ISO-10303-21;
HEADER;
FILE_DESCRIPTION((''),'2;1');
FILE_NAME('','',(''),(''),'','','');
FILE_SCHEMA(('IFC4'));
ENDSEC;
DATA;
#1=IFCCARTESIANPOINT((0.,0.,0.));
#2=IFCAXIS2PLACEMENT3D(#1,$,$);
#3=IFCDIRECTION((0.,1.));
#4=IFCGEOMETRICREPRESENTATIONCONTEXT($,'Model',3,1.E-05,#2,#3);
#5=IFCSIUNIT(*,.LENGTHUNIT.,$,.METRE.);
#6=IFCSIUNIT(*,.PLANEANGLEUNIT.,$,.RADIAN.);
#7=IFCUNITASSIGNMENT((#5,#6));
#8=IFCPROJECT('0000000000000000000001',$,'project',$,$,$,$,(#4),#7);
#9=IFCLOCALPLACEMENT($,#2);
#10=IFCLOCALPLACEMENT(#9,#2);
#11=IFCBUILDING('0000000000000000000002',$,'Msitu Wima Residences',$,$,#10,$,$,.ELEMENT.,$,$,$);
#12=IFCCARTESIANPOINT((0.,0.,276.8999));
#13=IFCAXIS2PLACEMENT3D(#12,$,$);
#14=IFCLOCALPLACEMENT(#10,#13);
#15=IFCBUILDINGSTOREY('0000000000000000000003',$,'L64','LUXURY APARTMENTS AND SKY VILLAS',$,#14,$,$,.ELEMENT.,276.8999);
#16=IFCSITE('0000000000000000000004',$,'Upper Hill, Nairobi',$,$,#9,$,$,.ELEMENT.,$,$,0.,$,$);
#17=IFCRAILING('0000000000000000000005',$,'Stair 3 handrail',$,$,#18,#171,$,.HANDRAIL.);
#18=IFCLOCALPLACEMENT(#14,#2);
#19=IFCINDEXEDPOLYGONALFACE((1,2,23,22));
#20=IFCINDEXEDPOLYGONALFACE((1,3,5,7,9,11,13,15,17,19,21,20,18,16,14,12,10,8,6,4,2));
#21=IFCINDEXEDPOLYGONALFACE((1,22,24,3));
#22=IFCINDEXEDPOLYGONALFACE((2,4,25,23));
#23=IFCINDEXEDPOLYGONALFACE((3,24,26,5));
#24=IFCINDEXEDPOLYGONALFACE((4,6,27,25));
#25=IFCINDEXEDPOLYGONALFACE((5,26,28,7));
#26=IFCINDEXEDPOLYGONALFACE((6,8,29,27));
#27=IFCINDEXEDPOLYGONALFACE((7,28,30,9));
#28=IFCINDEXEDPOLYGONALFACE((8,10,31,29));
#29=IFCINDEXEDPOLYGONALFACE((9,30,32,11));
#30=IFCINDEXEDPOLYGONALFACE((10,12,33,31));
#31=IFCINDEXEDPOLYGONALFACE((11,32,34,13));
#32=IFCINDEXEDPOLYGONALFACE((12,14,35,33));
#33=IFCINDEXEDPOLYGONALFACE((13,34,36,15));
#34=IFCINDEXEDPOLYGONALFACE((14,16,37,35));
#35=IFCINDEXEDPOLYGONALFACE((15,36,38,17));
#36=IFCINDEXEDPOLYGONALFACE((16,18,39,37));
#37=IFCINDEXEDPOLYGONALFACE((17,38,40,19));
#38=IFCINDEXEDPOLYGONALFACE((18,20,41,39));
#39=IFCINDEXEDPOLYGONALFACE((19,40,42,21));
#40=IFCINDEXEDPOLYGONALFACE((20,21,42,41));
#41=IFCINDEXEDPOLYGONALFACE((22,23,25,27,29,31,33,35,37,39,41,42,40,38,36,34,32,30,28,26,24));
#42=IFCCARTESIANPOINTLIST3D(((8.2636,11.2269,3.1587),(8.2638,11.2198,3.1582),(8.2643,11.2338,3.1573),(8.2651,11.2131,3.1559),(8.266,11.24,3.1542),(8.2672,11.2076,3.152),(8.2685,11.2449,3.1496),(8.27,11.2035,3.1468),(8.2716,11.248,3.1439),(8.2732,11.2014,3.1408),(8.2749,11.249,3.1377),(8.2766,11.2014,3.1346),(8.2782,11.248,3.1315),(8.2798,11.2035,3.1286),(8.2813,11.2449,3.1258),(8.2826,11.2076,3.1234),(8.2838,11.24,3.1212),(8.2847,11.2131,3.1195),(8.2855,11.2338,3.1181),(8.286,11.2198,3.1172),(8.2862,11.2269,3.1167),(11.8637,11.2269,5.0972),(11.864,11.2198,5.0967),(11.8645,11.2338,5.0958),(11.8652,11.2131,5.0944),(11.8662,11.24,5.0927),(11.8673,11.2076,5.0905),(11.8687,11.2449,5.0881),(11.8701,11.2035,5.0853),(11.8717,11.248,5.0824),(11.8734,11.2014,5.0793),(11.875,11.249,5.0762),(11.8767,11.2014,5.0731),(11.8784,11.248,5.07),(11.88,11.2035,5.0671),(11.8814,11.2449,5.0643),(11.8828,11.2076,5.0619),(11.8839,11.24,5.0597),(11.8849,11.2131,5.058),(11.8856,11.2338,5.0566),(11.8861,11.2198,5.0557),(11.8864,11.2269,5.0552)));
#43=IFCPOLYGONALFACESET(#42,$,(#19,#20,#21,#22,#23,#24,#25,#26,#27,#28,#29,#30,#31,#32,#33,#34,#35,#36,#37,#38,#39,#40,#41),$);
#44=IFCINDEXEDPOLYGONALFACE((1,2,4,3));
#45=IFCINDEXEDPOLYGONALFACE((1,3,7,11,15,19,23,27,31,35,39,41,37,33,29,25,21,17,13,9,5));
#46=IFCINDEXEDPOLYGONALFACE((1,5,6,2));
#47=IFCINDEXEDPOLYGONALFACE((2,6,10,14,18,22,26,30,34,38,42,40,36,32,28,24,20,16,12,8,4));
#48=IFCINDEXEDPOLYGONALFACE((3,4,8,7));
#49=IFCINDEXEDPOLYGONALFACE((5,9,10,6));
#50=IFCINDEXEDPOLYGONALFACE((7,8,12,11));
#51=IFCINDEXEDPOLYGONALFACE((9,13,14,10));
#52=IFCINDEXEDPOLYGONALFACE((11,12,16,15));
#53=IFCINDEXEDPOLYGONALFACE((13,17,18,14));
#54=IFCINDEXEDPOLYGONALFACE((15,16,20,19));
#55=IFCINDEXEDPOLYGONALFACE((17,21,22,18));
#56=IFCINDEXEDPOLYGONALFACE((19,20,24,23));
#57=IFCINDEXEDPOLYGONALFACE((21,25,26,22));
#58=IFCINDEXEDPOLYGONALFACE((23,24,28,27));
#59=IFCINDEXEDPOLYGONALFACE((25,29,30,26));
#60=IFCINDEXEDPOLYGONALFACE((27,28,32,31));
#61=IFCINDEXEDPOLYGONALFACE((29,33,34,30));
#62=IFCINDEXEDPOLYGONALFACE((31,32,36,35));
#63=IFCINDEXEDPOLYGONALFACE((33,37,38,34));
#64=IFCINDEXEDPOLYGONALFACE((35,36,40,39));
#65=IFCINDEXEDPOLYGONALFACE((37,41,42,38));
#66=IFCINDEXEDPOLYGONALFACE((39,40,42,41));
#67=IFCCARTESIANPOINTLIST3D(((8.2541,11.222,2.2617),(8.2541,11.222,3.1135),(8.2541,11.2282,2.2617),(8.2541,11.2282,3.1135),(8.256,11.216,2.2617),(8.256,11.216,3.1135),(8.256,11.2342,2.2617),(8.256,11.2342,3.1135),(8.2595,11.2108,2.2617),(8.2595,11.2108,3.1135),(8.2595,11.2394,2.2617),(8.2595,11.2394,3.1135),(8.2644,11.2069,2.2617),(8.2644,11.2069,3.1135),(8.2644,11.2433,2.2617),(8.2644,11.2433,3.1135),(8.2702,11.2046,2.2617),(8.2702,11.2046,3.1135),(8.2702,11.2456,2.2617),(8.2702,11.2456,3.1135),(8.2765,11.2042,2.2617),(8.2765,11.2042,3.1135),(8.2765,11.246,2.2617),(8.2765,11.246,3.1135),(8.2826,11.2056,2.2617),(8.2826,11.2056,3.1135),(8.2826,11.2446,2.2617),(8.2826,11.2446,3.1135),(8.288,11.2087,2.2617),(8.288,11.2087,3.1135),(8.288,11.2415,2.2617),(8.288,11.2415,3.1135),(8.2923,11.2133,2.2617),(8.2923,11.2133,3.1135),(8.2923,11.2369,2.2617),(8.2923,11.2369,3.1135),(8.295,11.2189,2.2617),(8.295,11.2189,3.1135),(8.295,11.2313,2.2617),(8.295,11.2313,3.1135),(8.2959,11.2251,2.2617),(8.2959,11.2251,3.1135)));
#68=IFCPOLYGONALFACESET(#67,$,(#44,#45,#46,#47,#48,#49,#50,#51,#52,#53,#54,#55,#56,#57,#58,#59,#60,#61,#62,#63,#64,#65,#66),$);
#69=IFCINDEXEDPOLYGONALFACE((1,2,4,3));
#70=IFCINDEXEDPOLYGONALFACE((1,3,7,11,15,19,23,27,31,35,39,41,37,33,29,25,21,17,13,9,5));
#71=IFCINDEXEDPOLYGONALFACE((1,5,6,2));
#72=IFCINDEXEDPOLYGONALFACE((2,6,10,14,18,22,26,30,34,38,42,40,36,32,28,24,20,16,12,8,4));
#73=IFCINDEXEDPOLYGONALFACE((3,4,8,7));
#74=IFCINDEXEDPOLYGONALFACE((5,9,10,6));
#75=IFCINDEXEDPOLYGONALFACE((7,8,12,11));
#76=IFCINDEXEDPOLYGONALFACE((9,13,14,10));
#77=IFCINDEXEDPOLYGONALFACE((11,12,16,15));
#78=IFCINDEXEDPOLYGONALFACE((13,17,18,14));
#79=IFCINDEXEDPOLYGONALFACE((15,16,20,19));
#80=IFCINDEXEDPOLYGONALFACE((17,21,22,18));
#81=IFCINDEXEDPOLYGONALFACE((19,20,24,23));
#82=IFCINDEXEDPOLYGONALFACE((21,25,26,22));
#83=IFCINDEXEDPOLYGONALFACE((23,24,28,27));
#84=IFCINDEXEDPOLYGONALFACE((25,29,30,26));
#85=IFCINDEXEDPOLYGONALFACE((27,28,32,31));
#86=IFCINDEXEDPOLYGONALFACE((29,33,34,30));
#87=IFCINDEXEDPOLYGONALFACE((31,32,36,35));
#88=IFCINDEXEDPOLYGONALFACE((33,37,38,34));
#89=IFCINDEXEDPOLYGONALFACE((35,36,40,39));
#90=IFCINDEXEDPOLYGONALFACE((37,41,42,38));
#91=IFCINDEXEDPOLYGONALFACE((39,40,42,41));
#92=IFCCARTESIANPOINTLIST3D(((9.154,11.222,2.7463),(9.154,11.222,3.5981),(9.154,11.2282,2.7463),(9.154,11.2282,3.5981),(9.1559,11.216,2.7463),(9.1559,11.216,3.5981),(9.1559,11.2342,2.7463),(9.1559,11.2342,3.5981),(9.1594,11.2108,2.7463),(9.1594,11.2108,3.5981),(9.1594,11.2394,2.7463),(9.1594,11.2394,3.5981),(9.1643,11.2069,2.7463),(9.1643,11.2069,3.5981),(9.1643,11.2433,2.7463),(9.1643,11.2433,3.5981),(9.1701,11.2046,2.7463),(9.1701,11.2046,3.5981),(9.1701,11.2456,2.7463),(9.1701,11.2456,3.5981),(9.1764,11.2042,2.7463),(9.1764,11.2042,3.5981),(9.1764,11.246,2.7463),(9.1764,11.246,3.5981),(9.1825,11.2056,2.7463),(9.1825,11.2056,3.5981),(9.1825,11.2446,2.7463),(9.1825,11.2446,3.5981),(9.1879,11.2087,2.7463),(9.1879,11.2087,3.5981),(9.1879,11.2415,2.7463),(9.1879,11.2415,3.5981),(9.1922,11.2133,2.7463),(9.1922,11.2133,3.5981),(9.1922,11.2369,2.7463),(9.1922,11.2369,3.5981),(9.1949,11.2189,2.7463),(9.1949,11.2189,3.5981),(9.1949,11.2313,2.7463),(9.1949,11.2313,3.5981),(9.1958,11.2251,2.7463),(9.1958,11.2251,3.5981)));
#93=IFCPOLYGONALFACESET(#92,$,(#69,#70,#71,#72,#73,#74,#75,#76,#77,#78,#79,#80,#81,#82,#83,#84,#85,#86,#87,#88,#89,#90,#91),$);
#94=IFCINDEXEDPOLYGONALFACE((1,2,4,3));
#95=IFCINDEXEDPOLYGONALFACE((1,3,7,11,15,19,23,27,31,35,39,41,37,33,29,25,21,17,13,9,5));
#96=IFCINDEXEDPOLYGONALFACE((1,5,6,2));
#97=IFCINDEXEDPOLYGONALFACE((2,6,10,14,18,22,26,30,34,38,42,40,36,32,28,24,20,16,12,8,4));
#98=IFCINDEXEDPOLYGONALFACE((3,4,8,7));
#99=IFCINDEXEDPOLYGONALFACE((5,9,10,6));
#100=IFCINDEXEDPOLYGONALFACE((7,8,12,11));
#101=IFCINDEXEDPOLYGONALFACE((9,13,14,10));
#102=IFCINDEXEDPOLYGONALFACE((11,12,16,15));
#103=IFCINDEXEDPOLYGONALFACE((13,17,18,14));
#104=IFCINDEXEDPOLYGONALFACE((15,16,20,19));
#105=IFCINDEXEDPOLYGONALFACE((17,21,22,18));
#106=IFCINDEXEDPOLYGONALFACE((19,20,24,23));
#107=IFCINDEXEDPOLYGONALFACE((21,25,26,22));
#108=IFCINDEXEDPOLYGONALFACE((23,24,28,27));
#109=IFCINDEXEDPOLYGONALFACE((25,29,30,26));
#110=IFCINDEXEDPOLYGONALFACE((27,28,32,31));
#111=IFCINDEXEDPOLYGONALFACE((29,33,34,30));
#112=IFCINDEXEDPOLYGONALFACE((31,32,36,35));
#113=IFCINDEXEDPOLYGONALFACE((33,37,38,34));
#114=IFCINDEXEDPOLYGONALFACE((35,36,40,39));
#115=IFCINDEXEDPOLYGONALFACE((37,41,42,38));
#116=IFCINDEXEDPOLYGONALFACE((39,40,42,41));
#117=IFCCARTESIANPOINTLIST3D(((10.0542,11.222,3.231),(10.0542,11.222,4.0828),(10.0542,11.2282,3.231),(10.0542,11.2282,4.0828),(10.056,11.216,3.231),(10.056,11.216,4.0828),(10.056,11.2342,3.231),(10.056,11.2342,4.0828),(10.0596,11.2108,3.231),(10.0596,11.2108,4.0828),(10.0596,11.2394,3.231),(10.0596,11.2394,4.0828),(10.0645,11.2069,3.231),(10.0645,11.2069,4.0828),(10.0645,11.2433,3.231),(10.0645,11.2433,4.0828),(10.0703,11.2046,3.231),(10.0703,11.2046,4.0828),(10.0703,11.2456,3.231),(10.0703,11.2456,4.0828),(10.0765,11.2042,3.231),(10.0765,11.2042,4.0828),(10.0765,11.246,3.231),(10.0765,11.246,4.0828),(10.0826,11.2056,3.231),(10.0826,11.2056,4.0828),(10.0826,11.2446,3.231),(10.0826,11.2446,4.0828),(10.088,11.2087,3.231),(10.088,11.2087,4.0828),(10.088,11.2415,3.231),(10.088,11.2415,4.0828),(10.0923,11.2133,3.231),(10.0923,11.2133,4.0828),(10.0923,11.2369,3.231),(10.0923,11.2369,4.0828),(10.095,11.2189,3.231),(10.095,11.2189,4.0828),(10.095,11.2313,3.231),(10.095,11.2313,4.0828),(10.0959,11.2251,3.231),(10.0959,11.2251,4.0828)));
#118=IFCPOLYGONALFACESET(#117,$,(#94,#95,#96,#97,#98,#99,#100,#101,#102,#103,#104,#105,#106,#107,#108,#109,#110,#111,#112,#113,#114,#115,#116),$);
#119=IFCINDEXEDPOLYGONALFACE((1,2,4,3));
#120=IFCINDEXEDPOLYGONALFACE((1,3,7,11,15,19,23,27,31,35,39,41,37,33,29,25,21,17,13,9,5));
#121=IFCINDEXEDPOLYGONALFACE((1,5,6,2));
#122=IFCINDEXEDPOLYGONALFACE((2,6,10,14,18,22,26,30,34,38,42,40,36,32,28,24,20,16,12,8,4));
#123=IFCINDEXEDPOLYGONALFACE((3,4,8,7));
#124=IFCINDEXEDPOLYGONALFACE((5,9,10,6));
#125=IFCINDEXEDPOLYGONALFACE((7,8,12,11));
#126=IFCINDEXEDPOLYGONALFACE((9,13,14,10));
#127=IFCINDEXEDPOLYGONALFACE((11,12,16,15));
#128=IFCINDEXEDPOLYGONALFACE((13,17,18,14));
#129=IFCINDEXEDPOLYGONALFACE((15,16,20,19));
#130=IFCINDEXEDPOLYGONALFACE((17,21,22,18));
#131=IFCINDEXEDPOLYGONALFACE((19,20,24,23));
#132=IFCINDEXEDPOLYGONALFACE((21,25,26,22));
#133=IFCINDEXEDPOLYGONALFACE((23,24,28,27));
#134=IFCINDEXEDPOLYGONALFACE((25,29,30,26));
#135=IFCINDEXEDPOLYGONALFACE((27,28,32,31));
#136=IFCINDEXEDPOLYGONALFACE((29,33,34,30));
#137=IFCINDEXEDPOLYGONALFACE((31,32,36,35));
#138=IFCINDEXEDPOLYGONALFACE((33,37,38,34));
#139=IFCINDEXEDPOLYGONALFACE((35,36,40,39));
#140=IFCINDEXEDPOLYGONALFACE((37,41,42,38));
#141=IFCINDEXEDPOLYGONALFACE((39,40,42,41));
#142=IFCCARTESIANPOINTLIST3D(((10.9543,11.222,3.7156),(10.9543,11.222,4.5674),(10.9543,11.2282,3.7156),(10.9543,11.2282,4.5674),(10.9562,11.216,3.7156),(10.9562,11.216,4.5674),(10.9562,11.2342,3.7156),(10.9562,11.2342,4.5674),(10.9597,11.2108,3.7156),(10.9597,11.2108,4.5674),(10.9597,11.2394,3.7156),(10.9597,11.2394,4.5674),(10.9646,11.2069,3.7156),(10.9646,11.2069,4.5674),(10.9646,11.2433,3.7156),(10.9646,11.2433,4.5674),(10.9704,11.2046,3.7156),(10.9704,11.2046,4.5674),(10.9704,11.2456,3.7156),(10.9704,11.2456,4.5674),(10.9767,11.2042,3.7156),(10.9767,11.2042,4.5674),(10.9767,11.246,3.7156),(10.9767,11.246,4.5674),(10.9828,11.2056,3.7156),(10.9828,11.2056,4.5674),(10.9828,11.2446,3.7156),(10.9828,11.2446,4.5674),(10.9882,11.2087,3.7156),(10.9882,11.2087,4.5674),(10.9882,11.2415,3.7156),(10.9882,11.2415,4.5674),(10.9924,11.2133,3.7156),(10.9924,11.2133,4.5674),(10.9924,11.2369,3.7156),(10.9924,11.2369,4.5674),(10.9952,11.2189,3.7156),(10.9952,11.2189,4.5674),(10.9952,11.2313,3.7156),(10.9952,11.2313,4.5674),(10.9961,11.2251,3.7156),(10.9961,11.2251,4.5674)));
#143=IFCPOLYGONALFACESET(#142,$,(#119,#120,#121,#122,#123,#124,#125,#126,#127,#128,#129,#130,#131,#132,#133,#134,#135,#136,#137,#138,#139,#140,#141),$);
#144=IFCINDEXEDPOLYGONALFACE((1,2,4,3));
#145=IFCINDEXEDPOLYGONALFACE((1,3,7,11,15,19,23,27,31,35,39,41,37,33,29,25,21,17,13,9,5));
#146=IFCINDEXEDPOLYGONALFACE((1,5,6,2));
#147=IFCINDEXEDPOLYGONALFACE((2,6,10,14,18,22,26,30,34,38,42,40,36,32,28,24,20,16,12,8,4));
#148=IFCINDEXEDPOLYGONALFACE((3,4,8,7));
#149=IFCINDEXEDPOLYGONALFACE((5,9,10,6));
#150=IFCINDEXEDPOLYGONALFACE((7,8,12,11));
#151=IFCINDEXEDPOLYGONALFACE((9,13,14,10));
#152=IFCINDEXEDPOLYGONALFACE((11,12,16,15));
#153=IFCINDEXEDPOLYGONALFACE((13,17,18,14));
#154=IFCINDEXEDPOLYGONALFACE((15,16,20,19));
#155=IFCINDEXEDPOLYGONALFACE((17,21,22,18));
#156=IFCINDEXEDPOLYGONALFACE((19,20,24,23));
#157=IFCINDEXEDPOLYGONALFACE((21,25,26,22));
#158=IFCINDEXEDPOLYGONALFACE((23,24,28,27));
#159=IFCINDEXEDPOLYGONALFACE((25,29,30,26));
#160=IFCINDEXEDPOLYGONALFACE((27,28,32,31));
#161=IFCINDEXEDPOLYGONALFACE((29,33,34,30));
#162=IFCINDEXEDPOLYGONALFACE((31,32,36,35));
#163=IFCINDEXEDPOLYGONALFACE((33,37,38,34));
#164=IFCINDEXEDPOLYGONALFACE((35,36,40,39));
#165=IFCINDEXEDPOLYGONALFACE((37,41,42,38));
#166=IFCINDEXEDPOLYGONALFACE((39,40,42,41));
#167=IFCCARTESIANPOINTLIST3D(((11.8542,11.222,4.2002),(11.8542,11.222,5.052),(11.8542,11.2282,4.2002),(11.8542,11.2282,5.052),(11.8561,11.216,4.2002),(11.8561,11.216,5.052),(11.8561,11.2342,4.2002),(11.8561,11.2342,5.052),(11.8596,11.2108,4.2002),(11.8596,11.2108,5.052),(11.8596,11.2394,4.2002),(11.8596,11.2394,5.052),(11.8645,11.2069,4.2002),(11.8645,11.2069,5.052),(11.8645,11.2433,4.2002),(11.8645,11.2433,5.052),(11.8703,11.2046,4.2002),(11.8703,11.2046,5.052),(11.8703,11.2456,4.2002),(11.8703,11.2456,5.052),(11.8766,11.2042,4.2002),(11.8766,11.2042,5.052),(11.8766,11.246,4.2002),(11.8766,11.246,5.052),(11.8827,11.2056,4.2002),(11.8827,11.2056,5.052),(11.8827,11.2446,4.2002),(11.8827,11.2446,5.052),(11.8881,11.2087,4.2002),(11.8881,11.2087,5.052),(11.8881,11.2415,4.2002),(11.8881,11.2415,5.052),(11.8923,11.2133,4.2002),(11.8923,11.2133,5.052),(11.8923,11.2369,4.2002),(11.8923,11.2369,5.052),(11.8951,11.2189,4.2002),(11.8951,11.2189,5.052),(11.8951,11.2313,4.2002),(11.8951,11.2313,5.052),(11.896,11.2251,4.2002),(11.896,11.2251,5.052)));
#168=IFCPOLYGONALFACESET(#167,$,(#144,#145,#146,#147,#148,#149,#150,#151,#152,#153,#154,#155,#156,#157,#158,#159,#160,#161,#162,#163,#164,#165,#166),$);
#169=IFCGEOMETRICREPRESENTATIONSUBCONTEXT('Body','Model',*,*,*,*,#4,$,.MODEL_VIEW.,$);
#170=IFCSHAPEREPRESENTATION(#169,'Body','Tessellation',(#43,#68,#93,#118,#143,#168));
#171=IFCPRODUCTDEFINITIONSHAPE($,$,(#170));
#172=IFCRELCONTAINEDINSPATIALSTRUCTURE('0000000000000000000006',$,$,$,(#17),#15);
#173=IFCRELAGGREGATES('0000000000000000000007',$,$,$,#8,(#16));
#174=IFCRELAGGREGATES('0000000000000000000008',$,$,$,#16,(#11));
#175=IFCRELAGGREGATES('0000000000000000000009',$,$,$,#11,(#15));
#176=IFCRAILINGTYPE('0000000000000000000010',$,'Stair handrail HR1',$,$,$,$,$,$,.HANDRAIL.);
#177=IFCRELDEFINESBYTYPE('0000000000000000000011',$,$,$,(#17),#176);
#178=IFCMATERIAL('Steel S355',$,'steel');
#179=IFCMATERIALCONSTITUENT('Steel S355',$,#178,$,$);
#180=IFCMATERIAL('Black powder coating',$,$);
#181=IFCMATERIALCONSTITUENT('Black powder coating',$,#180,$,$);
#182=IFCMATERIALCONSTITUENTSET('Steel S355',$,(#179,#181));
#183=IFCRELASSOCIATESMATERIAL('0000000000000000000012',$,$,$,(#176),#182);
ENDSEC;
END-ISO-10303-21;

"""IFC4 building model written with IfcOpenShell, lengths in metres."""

from ifc_helpers import new_model, si_unit, direction, frame, origin, origin_2d, place, context, subcontext, project, spatial, circle, extrude, material, constituent, constituent_set, type_object, element, save


model = new_model("IFC4")

# Units and contexts
model_context = context("Model", 3, precision=1e-05, world=origin(), true_north=direction((0.0, 1.0)))
body_context = subcontext(model_context, "Body", "Model", "MODEL_VIEW")
ifc_project = project(units=[si_unit("LENGTHUNIT", "METRE"), si_unit("PLANEANGLEUNIT", "RADIAN")], contexts=[model_context])

# Site, building, storey
site_placement = place(None, origin())
site = spatial("IfcSite", under=ifc_project, at=site_placement, Name="Upper Hill, Nairobi", CompositionType="ELEMENT", RefElevation=0.0)
building_placement = place(site_placement, origin())
building = spatial("IfcBuilding", under=site, at=building_placement, Name="Msitu Wima Residences", CompositionType="ELEMENT")
storey_placement = place(building_placement, frame((0.0, 0.0, 276.8999)))
storey = spatial("IfcBuildingStorey", under=building, at=storey_placement, Name="L64", Description="LUXURY APARTMENTS AND SKY VILLAS", CompositionType="ELEMENT", Elevation=276.8999)

# Railing
ifc_material_1 = material(Name="Steel S355", Category="steel")
ifc_constituent_1 = constituent(ifc_material_1, Name="Steel S355")
ifc_material_2 = material(Name="Black powder coating")
ifc_constituent_2 = constituent(ifc_material_2, Name="Black powder coating")
ifc_constituent_set = constituent_set(constituents=[ifc_constituent_1, ifc_constituent_2], Name="Steel S355")
railing_type = type_object("IfcRailingType", Name="Stair handrail HR1", PredefinedType="HANDRAIL", material=ifc_constituent_set)
for number, where, name in (
    (1, (8.2749, 11.2251, 2.2617), "Stair 3 handrail"),
):
    element("IfcRailing", number, at=place(storey_placement, frame(where)), inside=storey, type_object=railing_type, Name=name, PredefinedType="HANDRAIL", context=body_context, shape_type="SweptSolid", body=[
        extrude(circle(Radius=0.0239, at=origin_2d()), frame((0.0, 0.0, 0.876), z_axis=(0.880475, 0.0, 0.474093), x_axis=(0.0, 1.0, 0.0)), (0.0, 0.0, 1.0), 4.0889),
        extrude(circle(Radius=0.021, at=origin_2d()), origin(), (0.0, 0.0, 1.0), 0.8518),
        extrude(circle(Radius=0.021, at=origin_2d()), frame((0.8999, 0.0, 0.4846)), (0.0, 0.0, 1.0), 0.8518),
        extrude(circle(Radius=0.021, at=origin_2d()), frame((1.8, 0.0, 0.9692)), (0.0, 0.0, 1.0), 0.8518),
        extrude(circle(Radius=0.021, at=origin_2d()), frame((2.7002, 0.0, 1.4539)), (0.0, 0.0, 1.0), 0.8518),
        extrude(circle(Radius=0.021, at=origin_2d()), frame((3.6001, 0.0, 1.9385)), (0.0, 0.0, 1.0), 0.8518),
    ])

save(model, "model.ifc")
